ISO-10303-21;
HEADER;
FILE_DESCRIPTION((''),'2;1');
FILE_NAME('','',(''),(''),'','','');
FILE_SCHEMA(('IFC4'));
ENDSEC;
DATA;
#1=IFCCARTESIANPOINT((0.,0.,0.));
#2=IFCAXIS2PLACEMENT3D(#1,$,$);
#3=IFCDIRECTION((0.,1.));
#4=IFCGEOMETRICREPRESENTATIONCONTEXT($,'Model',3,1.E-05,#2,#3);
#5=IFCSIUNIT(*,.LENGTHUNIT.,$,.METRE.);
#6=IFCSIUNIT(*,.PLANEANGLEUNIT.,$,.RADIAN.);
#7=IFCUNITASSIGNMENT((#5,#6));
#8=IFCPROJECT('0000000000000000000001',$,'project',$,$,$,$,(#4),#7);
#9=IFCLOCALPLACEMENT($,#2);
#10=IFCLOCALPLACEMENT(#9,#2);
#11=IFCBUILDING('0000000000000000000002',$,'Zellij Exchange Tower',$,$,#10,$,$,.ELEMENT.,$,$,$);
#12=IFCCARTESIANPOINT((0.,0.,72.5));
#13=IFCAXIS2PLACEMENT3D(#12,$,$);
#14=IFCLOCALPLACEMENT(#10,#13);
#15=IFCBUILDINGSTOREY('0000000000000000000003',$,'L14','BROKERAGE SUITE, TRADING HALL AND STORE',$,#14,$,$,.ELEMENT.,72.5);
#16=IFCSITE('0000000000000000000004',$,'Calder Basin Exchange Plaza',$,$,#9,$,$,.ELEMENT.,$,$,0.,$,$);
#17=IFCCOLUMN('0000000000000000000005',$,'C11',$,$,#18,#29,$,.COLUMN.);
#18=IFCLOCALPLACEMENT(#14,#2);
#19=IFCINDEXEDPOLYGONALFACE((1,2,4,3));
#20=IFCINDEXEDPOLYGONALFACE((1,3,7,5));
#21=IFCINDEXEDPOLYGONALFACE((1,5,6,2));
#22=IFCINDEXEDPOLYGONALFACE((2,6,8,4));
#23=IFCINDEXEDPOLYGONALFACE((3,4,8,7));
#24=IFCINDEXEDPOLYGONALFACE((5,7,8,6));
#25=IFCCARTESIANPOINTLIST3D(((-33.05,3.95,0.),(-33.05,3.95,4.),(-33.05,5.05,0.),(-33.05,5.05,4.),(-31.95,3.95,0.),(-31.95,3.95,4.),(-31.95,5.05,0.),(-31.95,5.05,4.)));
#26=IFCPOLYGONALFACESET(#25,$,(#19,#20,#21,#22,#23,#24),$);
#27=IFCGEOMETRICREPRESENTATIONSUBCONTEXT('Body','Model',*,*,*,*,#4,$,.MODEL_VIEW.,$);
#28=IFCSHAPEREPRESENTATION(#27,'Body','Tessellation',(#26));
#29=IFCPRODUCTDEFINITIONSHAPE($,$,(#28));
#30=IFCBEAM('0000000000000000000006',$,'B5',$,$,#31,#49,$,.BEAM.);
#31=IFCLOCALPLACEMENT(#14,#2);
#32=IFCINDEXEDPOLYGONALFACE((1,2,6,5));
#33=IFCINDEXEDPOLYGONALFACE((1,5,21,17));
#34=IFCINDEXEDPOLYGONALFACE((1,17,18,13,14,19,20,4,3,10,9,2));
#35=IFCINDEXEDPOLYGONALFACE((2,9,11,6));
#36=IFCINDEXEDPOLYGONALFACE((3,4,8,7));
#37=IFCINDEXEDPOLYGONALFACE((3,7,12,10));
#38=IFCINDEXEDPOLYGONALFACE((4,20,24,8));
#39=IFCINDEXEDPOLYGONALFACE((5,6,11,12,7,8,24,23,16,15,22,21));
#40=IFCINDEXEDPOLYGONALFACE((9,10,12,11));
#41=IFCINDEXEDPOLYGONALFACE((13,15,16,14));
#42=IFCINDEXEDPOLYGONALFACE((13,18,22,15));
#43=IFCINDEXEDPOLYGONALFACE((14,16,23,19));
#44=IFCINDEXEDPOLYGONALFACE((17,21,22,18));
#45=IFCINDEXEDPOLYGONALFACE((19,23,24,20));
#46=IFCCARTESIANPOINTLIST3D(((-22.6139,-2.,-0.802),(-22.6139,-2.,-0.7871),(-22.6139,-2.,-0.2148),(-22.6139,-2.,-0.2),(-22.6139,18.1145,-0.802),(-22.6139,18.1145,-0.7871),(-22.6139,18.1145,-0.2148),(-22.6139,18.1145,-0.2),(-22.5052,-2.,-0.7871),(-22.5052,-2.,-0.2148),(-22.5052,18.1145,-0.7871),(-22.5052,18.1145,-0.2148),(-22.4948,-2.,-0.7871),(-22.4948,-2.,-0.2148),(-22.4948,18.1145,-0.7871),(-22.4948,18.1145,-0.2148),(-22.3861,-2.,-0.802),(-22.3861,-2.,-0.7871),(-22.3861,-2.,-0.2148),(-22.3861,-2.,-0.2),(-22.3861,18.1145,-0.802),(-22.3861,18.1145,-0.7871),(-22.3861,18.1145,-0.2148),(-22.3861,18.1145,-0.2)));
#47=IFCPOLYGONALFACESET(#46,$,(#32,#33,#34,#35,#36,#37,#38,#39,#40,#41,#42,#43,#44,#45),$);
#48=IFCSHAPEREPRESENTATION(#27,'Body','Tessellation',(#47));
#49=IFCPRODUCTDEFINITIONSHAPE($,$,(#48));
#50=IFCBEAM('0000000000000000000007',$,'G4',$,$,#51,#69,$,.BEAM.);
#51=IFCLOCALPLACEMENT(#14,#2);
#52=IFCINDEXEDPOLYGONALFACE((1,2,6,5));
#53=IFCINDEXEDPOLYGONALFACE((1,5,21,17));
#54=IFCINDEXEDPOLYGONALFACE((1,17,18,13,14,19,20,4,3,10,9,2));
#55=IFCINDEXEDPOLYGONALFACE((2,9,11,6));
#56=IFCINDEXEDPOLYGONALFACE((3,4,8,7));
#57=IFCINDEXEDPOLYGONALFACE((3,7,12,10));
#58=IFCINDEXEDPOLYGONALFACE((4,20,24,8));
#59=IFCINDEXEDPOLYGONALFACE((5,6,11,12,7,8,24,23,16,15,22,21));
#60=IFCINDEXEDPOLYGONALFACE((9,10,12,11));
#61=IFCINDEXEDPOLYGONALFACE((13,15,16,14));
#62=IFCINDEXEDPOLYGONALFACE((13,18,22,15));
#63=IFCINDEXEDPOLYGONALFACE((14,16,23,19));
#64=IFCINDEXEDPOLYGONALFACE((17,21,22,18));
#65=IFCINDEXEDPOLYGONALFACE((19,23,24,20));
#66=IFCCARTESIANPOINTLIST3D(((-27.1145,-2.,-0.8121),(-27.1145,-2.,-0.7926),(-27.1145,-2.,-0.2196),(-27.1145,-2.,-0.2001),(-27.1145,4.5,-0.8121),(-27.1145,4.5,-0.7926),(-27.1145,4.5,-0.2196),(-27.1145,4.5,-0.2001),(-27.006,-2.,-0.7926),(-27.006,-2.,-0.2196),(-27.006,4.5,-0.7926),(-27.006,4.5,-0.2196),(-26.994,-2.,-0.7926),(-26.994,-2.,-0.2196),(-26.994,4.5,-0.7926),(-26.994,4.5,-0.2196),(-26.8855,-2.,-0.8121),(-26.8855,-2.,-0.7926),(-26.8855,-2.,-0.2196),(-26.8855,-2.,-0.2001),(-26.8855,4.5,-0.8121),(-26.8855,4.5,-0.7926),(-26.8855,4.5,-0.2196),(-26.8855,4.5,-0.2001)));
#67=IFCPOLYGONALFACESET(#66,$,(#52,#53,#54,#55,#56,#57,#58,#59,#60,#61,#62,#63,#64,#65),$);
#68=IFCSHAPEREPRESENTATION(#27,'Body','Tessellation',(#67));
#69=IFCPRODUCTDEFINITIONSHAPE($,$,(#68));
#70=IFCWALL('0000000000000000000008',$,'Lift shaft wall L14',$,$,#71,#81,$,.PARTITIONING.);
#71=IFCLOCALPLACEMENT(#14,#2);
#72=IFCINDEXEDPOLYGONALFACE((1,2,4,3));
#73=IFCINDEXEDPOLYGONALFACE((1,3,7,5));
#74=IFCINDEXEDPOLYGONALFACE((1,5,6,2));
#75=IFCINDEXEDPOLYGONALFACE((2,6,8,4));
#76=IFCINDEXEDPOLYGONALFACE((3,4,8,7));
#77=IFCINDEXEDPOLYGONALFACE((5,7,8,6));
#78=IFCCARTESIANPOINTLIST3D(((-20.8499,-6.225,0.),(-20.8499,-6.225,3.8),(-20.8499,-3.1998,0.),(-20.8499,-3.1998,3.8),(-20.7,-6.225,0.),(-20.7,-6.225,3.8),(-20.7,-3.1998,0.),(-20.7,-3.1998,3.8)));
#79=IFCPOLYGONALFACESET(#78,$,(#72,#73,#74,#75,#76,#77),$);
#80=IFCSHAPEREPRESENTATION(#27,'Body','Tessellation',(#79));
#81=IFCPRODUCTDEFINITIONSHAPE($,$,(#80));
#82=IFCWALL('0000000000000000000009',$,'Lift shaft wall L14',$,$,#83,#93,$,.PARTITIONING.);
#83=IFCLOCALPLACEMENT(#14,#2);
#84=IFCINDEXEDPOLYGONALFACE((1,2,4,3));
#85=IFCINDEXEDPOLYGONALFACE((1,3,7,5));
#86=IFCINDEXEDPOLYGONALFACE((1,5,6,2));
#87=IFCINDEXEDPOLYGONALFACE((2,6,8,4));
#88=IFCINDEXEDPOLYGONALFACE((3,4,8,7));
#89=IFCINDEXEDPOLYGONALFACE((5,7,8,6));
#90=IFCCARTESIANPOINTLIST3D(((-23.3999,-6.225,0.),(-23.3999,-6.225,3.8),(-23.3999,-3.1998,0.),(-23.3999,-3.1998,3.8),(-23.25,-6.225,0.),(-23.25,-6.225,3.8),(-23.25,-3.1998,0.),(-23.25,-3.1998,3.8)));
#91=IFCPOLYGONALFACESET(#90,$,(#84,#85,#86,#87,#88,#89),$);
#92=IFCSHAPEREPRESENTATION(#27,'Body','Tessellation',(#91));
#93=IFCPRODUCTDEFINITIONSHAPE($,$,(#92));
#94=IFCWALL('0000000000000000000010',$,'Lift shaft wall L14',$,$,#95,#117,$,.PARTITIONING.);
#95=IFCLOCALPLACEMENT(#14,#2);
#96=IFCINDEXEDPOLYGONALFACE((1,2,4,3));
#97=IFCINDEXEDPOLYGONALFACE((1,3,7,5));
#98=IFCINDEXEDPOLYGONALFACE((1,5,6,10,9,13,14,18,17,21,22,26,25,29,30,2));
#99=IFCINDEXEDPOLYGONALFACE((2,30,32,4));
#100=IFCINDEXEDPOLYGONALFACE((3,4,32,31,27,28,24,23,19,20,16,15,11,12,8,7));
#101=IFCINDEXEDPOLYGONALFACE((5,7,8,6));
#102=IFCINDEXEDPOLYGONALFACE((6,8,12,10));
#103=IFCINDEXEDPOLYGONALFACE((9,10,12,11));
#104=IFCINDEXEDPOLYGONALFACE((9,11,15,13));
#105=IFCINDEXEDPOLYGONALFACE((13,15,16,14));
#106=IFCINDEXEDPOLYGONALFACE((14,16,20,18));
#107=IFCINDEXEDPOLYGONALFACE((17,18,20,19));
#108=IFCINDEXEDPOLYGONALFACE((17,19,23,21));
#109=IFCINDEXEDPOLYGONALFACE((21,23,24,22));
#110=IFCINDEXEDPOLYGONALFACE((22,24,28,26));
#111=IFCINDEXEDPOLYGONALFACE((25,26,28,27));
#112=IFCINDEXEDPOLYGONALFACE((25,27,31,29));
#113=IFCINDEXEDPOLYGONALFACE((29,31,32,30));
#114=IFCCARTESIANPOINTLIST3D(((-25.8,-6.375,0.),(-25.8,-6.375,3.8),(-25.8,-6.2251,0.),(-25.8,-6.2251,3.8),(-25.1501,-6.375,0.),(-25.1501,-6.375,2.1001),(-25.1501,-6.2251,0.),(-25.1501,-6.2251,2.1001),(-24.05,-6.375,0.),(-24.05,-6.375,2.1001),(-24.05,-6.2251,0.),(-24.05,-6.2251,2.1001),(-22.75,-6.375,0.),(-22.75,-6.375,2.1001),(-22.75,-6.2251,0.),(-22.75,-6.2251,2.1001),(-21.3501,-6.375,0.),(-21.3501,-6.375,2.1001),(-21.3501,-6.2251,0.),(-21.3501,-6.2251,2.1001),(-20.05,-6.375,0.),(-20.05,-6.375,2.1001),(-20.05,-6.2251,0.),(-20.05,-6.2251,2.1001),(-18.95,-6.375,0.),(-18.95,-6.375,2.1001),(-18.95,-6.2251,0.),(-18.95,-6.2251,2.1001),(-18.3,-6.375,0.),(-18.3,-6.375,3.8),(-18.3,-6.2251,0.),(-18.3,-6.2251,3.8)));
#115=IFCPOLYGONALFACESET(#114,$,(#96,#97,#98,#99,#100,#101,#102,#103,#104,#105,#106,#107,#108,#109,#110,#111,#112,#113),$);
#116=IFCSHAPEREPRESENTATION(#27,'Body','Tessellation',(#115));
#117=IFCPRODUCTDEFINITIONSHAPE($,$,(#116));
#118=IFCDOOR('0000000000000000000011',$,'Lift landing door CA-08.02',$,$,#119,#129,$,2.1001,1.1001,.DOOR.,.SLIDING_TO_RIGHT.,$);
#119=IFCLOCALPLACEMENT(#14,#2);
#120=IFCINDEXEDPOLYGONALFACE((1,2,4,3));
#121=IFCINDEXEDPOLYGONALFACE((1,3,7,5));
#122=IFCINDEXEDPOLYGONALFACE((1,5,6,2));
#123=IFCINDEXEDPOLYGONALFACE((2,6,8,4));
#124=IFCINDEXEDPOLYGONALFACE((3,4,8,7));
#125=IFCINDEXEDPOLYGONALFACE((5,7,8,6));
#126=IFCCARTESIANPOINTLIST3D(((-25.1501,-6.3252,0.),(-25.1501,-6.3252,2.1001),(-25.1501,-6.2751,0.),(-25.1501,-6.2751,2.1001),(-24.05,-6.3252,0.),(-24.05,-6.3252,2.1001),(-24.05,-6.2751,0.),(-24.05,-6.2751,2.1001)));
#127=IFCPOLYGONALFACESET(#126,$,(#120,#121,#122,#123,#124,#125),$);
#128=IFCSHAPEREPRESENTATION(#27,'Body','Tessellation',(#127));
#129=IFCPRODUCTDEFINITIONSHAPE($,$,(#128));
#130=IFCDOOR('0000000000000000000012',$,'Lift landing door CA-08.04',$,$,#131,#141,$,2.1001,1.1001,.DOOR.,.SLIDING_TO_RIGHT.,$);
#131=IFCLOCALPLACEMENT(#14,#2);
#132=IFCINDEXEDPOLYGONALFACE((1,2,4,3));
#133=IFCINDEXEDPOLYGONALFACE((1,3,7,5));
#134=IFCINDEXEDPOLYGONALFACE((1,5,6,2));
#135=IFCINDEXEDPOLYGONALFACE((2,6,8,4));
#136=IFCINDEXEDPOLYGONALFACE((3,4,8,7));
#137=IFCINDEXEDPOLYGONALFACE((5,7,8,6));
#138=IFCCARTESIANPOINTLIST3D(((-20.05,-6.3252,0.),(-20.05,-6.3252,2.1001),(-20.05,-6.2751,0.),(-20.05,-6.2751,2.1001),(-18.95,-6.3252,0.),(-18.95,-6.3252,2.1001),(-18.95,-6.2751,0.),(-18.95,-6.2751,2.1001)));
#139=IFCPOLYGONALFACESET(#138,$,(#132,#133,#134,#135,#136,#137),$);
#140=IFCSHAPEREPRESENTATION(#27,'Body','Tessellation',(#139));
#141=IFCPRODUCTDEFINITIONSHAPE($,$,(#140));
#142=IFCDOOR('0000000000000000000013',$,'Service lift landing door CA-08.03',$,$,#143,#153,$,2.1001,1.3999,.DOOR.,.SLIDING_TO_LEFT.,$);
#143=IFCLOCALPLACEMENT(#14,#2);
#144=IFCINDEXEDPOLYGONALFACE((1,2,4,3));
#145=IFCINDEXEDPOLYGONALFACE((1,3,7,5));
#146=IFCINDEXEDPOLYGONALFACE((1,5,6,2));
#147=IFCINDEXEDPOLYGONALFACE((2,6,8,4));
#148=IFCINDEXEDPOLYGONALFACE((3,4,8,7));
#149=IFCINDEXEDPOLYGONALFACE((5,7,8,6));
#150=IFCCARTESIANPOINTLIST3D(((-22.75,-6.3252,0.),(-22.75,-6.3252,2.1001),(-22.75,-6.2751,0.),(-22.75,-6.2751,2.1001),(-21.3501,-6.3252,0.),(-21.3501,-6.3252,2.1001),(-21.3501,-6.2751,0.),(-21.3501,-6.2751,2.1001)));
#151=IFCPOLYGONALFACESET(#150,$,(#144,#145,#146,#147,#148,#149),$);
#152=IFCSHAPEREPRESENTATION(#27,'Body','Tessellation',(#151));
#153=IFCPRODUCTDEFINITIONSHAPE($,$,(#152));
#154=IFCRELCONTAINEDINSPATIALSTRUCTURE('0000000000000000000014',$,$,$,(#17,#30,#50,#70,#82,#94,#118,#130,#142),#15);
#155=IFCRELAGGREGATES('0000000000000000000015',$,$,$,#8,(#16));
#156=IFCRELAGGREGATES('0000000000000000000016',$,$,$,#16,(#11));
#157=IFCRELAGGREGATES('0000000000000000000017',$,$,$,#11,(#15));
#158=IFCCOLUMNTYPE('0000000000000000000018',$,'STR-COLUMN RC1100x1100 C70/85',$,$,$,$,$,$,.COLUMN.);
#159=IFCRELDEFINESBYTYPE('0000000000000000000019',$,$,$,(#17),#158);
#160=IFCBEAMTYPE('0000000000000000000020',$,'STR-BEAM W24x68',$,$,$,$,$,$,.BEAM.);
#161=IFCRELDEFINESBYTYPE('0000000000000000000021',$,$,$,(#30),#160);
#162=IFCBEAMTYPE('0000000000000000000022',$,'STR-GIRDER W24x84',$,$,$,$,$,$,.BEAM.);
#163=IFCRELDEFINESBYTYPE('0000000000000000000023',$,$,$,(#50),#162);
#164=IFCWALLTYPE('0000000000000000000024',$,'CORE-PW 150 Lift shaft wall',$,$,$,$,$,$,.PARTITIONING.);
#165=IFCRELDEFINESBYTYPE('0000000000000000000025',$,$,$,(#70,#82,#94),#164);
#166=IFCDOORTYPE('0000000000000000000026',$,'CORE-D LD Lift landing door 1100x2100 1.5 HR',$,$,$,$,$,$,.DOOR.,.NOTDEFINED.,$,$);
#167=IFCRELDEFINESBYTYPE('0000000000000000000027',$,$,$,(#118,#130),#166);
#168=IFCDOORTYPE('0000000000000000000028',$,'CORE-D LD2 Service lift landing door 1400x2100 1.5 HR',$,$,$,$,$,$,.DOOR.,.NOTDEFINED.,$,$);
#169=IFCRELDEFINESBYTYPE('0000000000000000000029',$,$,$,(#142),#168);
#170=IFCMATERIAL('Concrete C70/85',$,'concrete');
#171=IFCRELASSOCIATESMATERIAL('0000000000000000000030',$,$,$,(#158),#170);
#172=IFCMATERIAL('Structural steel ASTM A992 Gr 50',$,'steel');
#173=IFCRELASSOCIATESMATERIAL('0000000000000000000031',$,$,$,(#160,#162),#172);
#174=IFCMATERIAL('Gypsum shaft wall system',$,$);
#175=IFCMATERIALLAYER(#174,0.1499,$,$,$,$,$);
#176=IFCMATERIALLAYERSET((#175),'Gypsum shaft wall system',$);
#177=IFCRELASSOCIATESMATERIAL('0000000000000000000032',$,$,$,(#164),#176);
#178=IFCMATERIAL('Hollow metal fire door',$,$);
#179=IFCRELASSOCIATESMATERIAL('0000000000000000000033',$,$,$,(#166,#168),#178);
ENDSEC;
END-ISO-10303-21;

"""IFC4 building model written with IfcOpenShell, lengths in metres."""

from ifc_helpers import new_model, si_unit, direction, frame, frame_2d, origin, origin_2d, place, context, subcontext, project, spatial, rectangle, i_section, extrude, material, layer, layer_set, material_profile, profile_set, type_object, element, fill, save


model = new_model("IFC4")

# Units and contexts
model_context = context("Model", 3, precision=1e-05, world=origin(), true_north=direction((0.0, 1.0)))
body_context = subcontext(model_context, "Body", "Model", "MODEL_VIEW")
ifc_project = project(units=[si_unit("LENGTHUNIT", "METRE"), si_unit("PLANEANGLEUNIT", "RADIAN")], contexts=[model_context])

# Site, building, storey
site_placement = place(None, origin())
site = spatial("IfcSite", under=ifc_project, at=site_placement, Name="Calder Basin Exchange Plaza", CompositionType="ELEMENT", RefElevation=0.0)
building_placement = place(site_placement, origin())
building = spatial("IfcBuilding", under=site, at=building_placement, Name="Zellij Exchange Tower", CompositionType="ELEMENT")
storey_placement = place(building_placement, frame((0.0, 0.0, 72.5)))
storey = spatial("IfcBuildingStorey", under=building, at=storey_placement, Name="L14", Description="BROKERAGE SUITE, TRADING HALL AND STORE", CompositionType="ELEMENT", Elevation=72.5)

# Column
ifc_material_1 = material(Name="Concrete C70/85", Category="concrete")
ifc_material_profile_1 = material_profile(ifc_material_1, rectangle(XDim=1.1001, YDim=1.1001, at=origin_2d()), Name="STR-COLUMN RC1100x1100 C70/85")
ifc_profile_set_1 = profile_set([ifc_material_profile_1], Name="Concrete C70/85")
column_type = type_object("IfcColumnType", Name="STR-COLUMN RC1100x1100 C70/85", PredefinedType="COLUMN", material=ifc_profile_set_1)
column_placement = place(storey_placement, frame((-32.5, 4.5, 0.0), z_axis=(0.0, 0.0, 1.0), x_axis=(1.0, 0.0, 0.0)))
element("IfcColumn", 1, at=column_placement, inside=storey, type_object=column_type, Name="C11", PredefinedType="COLUMN", context=body_context, shape_type="SweptSolid", body=[
    extrude(rectangle(XDim=1.1001, YDim=1.1001, at=origin_2d()), origin(), (0.0, 0.0, 1.0), 4.0),
])

# Beams
ifc_material_2 = material(Name="Structural steel ASTM A992 Gr 50", Category="steel")
ifc_material_profile_2 = material_profile(ifc_material_2, i_section(OverallWidth=0.2278, OverallDepth=0.6021, WebThickness=0.0105, FlangeThickness=0.0149, at=origin_2d()), Name="W24x68")
ifc_profile_set_2 = profile_set([ifc_material_profile_2], Name="Structural steel ASTM A992 Gr 50")
beam_type_1 = type_object("IfcBeamType", Name="STR-BEAM W24x68", PredefinedType="BEAM", material=ifc_profile_set_2)
beam_1_placement = place(storey_placement, frame((-22.5, -2.0, -0.501), z_axis=(0.0, 1.0, 0.0), x_axis=(-1.0, 0.0, 0.0)))
element("IfcBeam", 2, at=beam_1_placement, inside=storey, type_object=beam_type_1, Name="B5", PredefinedType="BEAM", context=body_context, shape_type="SweptSolid", body=[
    extrude(i_section(OverallWidth=0.2278, OverallDepth=0.6021, WebThickness=0.0105, FlangeThickness=0.0149, at=origin_2d()), origin(), (0.0, 0.0, 1.0), 20.1145),
])
ifc_material_profile_3 = material_profile(ifc_material_2, i_section(OverallWidth=0.229, OverallDepth=0.6121, WebThickness=0.012, FlangeThickness=0.0195, at=origin_2d()), Name="W24x84")
ifc_profile_set_3 = profile_set([ifc_material_profile_3], Name="Structural steel ASTM A992 Gr 50")
beam_type_2 = type_object("IfcBeamType", Name="STR-GIRDER W24x84", PredefinedType="BEAM", material=ifc_profile_set_3)
beam_2_placement = place(storey_placement, frame((-27.0, -2.0, -0.5061), z_axis=(0.0, 1.0, 0.0), x_axis=(-1.0, 0.0, 0.0)))
element("IfcBeam", 3, at=beam_2_placement, inside=storey, type_object=beam_type_2, Name="G4", PredefinedType="BEAM", context=body_context, shape_type="SweptSolid", body=[
    extrude(i_section(OverallWidth=0.229, OverallDepth=0.6121, WebThickness=0.012, FlangeThickness=0.0195, at=origin_2d()), origin(), (0.0, 0.0, 1.0), 6.5),
])

# Walls
ifc_material_3 = material(Name="Gypsum shaft wall system")
ifc_layer_1 = layer(ifc_material_3, 0.1499)
ifc_layer_set_1 = layer_set([ifc_layer_1], Name="Gypsum shaft wall system")
wall_type_1 = type_object("IfcWallType", Name="CORE-PW 150 Lift shaft wall", PredefinedType="PARTITIONING", material=ifc_layer_set_1)
for number, where, z_axis, x_axis, name in (
    (4, (-20.7749, -6.2251, 0.0), (0.0, 0.0, 1.0), (0.0, 1.0, 0.0), "Lift shaft wall L14"),
    (5, (-23.325, -6.2251, 0.0), (0.0, 0.0, 1.0), (0.0, 1.0, 0.0), "Lift shaft wall L14"),
):
    element("IfcWall", number, at=place(storey_placement, frame(where, z_axis=z_axis, x_axis=x_axis)), inside=storey, type_object=wall_type_1, Name=name, PredefinedType="PARTITIONING", context=body_context, shape_type="SweptSolid", body=[
        extrude(rectangle(XDim=3.0251, YDim=0.1499, at=frame_2d((1.5127, 0.0))), origin(), (0.0, 0.0, 1.0), 3.8),
    ])

# Wall, openings, doors
wall_1_placement = place(storey_placement, frame((-25.8, -6.3, 0.0), z_axis=(0.0, 0.0, 1.0), x_axis=(1.0, 0.0, 0.0)))
wall_1 = element("IfcWall", 6, at=wall_1_placement, inside=storey, type_object=wall_type_1, Name="Lift shaft wall L14", PredefinedType="PARTITIONING", context=body_context, shape_type="SweptSolid", body=[
    extrude(rectangle(XDim=7.5, YDim=0.1499, at=frame_2d((3.75, 0.0))), origin(), (0.0, 0.0, 1.0), 3.8),
])
opening_1_placement = place(wall_1_placement, frame((0.6499, 0.0, 0.0)))
opening_1 = element("IfcOpeningElement", 7, at=opening_1_placement, cuts=wall_1, PredefinedType="OPENING", context=body_context, shape_type="SweptSolid", body=[
    extrude(rectangle(XDim=1.1001, YDim=2.1001, at=frame_2d((0.55, 1.05))), frame((0.0, 0.0869, 0.0), z_axis=(0.0, -1.0, 0.0), x_axis=(1.0, 0.0, 0.0)), (0.0, 0.0, 1.0), 0.1738),
])
opening_2_placement = place(wall_1_placement, frame((3.05, 0.0, 0.0)))
opening_2 = element("IfcOpeningElement", 8, at=opening_2_placement, cuts=wall_1, PredefinedType="OPENING", context=body_context, shape_type="SweptSolid", body=[
    extrude(rectangle(XDim=1.3999, YDim=2.1001, at=frame_2d((0.7, 1.05))), frame((0.0, 0.0869, 0.0), z_axis=(0.0, -1.0, 0.0), x_axis=(1.0, 0.0, 0.0)), (0.0, 0.0, 1.0), 0.1738),
])
opening_3_placement = place(wall_1_placement, frame((5.75, 0.0, 0.0)))
opening_3 = element("IfcOpeningElement", 9, at=opening_3_placement, cuts=wall_1, PredefinedType="OPENING", context=body_context, shape_type="SweptSolid", body=[
    extrude(rectangle(XDim=1.1001, YDim=2.1001, at=frame_2d((0.55, 1.05))), frame((0.0, 0.0869, 0.0), z_axis=(0.0, -1.0, 0.0), x_axis=(1.0, 0.0, 0.0)), (0.0, 0.0, 1.0), 0.1738),
])
ifc_material_4 = material(Name="Hollow metal fire door")
door_type_1 = type_object("IfcDoorType", Name="CORE-D LD Lift landing door 1100x2100 1.5 HR", OperationType="NOTDEFINED", PredefinedType="DOOR", material=ifc_material_4)
door_1_placement = place(opening_1_placement, origin())
door_1 = element("IfcDoor", 10, at=door_1_placement, inside=storey, type_object=door_type_1, Name="Lift landing door CA-08.02", OperationType="SLIDING_TO_RIGHT", OverallHeight=2.1001, OverallWidth=1.1001, PredefinedType="DOOR", context=body_context, shape_type="SweptSolid", body=[
    extrude(rectangle(XDim=1.1001, YDim=2.1001, at=frame_2d((0.55, 1.05))), frame((0.0, 0.0249, 0.0), z_axis=(0.0, -1.0, 0.0), x_axis=(1.0, 0.0, 0.0)), (0.0, 0.0, 1.0), 0.05),
])
fill(opening_1, door_1)
door_2_placement = place(opening_3_placement, origin())
door_2 = element("IfcDoor", 11, at=door_2_placement, inside=storey, type_object=door_type_1, Name="Lift landing door CA-08.04", OperationType="SLIDING_TO_RIGHT", OverallHeight=2.1001, OverallWidth=1.1001, PredefinedType="DOOR", context=body_context, shape_type="SweptSolid", body=[
    extrude(rectangle(XDim=1.1001, YDim=2.1001, at=frame_2d((0.55, 1.05))), frame((0.0, 0.0249, 0.0), z_axis=(0.0, -1.0, 0.0), x_axis=(1.0, 0.0, 0.0)), (0.0, 0.0, 1.0), 0.05),
])
fill(opening_3, door_2)
door_type_2 = type_object("IfcDoorType", Name="CORE-D LD2 Service lift landing door 1400x2100 1.5 HR", OperationType="NOTDEFINED", PredefinedType="DOOR", material=ifc_material_4)
door_3_placement = place(opening_2_placement, origin())
door_3 = element("IfcDoor", 12, at=door_3_placement, inside=storey, type_object=door_type_2, Name="Service lift landing door CA-08.03", OperationType="SLIDING_TO_LEFT", OverallHeight=2.1001, OverallWidth=1.3999, PredefinedType="DOOR", context=body_context, shape_type="SweptSolid", body=[
    extrude(rectangle(XDim=1.3999, YDim=2.1001, at=frame_2d((0.7, 1.05))), frame((0.0, 0.0249, 0.0), z_axis=(0.0, -1.0, 0.0), x_axis=(1.0, 0.0, 0.0)), (0.0, 0.0, 1.0), 0.05),
])
fill(opening_2, door_3)

save(model, "model.ifc")
